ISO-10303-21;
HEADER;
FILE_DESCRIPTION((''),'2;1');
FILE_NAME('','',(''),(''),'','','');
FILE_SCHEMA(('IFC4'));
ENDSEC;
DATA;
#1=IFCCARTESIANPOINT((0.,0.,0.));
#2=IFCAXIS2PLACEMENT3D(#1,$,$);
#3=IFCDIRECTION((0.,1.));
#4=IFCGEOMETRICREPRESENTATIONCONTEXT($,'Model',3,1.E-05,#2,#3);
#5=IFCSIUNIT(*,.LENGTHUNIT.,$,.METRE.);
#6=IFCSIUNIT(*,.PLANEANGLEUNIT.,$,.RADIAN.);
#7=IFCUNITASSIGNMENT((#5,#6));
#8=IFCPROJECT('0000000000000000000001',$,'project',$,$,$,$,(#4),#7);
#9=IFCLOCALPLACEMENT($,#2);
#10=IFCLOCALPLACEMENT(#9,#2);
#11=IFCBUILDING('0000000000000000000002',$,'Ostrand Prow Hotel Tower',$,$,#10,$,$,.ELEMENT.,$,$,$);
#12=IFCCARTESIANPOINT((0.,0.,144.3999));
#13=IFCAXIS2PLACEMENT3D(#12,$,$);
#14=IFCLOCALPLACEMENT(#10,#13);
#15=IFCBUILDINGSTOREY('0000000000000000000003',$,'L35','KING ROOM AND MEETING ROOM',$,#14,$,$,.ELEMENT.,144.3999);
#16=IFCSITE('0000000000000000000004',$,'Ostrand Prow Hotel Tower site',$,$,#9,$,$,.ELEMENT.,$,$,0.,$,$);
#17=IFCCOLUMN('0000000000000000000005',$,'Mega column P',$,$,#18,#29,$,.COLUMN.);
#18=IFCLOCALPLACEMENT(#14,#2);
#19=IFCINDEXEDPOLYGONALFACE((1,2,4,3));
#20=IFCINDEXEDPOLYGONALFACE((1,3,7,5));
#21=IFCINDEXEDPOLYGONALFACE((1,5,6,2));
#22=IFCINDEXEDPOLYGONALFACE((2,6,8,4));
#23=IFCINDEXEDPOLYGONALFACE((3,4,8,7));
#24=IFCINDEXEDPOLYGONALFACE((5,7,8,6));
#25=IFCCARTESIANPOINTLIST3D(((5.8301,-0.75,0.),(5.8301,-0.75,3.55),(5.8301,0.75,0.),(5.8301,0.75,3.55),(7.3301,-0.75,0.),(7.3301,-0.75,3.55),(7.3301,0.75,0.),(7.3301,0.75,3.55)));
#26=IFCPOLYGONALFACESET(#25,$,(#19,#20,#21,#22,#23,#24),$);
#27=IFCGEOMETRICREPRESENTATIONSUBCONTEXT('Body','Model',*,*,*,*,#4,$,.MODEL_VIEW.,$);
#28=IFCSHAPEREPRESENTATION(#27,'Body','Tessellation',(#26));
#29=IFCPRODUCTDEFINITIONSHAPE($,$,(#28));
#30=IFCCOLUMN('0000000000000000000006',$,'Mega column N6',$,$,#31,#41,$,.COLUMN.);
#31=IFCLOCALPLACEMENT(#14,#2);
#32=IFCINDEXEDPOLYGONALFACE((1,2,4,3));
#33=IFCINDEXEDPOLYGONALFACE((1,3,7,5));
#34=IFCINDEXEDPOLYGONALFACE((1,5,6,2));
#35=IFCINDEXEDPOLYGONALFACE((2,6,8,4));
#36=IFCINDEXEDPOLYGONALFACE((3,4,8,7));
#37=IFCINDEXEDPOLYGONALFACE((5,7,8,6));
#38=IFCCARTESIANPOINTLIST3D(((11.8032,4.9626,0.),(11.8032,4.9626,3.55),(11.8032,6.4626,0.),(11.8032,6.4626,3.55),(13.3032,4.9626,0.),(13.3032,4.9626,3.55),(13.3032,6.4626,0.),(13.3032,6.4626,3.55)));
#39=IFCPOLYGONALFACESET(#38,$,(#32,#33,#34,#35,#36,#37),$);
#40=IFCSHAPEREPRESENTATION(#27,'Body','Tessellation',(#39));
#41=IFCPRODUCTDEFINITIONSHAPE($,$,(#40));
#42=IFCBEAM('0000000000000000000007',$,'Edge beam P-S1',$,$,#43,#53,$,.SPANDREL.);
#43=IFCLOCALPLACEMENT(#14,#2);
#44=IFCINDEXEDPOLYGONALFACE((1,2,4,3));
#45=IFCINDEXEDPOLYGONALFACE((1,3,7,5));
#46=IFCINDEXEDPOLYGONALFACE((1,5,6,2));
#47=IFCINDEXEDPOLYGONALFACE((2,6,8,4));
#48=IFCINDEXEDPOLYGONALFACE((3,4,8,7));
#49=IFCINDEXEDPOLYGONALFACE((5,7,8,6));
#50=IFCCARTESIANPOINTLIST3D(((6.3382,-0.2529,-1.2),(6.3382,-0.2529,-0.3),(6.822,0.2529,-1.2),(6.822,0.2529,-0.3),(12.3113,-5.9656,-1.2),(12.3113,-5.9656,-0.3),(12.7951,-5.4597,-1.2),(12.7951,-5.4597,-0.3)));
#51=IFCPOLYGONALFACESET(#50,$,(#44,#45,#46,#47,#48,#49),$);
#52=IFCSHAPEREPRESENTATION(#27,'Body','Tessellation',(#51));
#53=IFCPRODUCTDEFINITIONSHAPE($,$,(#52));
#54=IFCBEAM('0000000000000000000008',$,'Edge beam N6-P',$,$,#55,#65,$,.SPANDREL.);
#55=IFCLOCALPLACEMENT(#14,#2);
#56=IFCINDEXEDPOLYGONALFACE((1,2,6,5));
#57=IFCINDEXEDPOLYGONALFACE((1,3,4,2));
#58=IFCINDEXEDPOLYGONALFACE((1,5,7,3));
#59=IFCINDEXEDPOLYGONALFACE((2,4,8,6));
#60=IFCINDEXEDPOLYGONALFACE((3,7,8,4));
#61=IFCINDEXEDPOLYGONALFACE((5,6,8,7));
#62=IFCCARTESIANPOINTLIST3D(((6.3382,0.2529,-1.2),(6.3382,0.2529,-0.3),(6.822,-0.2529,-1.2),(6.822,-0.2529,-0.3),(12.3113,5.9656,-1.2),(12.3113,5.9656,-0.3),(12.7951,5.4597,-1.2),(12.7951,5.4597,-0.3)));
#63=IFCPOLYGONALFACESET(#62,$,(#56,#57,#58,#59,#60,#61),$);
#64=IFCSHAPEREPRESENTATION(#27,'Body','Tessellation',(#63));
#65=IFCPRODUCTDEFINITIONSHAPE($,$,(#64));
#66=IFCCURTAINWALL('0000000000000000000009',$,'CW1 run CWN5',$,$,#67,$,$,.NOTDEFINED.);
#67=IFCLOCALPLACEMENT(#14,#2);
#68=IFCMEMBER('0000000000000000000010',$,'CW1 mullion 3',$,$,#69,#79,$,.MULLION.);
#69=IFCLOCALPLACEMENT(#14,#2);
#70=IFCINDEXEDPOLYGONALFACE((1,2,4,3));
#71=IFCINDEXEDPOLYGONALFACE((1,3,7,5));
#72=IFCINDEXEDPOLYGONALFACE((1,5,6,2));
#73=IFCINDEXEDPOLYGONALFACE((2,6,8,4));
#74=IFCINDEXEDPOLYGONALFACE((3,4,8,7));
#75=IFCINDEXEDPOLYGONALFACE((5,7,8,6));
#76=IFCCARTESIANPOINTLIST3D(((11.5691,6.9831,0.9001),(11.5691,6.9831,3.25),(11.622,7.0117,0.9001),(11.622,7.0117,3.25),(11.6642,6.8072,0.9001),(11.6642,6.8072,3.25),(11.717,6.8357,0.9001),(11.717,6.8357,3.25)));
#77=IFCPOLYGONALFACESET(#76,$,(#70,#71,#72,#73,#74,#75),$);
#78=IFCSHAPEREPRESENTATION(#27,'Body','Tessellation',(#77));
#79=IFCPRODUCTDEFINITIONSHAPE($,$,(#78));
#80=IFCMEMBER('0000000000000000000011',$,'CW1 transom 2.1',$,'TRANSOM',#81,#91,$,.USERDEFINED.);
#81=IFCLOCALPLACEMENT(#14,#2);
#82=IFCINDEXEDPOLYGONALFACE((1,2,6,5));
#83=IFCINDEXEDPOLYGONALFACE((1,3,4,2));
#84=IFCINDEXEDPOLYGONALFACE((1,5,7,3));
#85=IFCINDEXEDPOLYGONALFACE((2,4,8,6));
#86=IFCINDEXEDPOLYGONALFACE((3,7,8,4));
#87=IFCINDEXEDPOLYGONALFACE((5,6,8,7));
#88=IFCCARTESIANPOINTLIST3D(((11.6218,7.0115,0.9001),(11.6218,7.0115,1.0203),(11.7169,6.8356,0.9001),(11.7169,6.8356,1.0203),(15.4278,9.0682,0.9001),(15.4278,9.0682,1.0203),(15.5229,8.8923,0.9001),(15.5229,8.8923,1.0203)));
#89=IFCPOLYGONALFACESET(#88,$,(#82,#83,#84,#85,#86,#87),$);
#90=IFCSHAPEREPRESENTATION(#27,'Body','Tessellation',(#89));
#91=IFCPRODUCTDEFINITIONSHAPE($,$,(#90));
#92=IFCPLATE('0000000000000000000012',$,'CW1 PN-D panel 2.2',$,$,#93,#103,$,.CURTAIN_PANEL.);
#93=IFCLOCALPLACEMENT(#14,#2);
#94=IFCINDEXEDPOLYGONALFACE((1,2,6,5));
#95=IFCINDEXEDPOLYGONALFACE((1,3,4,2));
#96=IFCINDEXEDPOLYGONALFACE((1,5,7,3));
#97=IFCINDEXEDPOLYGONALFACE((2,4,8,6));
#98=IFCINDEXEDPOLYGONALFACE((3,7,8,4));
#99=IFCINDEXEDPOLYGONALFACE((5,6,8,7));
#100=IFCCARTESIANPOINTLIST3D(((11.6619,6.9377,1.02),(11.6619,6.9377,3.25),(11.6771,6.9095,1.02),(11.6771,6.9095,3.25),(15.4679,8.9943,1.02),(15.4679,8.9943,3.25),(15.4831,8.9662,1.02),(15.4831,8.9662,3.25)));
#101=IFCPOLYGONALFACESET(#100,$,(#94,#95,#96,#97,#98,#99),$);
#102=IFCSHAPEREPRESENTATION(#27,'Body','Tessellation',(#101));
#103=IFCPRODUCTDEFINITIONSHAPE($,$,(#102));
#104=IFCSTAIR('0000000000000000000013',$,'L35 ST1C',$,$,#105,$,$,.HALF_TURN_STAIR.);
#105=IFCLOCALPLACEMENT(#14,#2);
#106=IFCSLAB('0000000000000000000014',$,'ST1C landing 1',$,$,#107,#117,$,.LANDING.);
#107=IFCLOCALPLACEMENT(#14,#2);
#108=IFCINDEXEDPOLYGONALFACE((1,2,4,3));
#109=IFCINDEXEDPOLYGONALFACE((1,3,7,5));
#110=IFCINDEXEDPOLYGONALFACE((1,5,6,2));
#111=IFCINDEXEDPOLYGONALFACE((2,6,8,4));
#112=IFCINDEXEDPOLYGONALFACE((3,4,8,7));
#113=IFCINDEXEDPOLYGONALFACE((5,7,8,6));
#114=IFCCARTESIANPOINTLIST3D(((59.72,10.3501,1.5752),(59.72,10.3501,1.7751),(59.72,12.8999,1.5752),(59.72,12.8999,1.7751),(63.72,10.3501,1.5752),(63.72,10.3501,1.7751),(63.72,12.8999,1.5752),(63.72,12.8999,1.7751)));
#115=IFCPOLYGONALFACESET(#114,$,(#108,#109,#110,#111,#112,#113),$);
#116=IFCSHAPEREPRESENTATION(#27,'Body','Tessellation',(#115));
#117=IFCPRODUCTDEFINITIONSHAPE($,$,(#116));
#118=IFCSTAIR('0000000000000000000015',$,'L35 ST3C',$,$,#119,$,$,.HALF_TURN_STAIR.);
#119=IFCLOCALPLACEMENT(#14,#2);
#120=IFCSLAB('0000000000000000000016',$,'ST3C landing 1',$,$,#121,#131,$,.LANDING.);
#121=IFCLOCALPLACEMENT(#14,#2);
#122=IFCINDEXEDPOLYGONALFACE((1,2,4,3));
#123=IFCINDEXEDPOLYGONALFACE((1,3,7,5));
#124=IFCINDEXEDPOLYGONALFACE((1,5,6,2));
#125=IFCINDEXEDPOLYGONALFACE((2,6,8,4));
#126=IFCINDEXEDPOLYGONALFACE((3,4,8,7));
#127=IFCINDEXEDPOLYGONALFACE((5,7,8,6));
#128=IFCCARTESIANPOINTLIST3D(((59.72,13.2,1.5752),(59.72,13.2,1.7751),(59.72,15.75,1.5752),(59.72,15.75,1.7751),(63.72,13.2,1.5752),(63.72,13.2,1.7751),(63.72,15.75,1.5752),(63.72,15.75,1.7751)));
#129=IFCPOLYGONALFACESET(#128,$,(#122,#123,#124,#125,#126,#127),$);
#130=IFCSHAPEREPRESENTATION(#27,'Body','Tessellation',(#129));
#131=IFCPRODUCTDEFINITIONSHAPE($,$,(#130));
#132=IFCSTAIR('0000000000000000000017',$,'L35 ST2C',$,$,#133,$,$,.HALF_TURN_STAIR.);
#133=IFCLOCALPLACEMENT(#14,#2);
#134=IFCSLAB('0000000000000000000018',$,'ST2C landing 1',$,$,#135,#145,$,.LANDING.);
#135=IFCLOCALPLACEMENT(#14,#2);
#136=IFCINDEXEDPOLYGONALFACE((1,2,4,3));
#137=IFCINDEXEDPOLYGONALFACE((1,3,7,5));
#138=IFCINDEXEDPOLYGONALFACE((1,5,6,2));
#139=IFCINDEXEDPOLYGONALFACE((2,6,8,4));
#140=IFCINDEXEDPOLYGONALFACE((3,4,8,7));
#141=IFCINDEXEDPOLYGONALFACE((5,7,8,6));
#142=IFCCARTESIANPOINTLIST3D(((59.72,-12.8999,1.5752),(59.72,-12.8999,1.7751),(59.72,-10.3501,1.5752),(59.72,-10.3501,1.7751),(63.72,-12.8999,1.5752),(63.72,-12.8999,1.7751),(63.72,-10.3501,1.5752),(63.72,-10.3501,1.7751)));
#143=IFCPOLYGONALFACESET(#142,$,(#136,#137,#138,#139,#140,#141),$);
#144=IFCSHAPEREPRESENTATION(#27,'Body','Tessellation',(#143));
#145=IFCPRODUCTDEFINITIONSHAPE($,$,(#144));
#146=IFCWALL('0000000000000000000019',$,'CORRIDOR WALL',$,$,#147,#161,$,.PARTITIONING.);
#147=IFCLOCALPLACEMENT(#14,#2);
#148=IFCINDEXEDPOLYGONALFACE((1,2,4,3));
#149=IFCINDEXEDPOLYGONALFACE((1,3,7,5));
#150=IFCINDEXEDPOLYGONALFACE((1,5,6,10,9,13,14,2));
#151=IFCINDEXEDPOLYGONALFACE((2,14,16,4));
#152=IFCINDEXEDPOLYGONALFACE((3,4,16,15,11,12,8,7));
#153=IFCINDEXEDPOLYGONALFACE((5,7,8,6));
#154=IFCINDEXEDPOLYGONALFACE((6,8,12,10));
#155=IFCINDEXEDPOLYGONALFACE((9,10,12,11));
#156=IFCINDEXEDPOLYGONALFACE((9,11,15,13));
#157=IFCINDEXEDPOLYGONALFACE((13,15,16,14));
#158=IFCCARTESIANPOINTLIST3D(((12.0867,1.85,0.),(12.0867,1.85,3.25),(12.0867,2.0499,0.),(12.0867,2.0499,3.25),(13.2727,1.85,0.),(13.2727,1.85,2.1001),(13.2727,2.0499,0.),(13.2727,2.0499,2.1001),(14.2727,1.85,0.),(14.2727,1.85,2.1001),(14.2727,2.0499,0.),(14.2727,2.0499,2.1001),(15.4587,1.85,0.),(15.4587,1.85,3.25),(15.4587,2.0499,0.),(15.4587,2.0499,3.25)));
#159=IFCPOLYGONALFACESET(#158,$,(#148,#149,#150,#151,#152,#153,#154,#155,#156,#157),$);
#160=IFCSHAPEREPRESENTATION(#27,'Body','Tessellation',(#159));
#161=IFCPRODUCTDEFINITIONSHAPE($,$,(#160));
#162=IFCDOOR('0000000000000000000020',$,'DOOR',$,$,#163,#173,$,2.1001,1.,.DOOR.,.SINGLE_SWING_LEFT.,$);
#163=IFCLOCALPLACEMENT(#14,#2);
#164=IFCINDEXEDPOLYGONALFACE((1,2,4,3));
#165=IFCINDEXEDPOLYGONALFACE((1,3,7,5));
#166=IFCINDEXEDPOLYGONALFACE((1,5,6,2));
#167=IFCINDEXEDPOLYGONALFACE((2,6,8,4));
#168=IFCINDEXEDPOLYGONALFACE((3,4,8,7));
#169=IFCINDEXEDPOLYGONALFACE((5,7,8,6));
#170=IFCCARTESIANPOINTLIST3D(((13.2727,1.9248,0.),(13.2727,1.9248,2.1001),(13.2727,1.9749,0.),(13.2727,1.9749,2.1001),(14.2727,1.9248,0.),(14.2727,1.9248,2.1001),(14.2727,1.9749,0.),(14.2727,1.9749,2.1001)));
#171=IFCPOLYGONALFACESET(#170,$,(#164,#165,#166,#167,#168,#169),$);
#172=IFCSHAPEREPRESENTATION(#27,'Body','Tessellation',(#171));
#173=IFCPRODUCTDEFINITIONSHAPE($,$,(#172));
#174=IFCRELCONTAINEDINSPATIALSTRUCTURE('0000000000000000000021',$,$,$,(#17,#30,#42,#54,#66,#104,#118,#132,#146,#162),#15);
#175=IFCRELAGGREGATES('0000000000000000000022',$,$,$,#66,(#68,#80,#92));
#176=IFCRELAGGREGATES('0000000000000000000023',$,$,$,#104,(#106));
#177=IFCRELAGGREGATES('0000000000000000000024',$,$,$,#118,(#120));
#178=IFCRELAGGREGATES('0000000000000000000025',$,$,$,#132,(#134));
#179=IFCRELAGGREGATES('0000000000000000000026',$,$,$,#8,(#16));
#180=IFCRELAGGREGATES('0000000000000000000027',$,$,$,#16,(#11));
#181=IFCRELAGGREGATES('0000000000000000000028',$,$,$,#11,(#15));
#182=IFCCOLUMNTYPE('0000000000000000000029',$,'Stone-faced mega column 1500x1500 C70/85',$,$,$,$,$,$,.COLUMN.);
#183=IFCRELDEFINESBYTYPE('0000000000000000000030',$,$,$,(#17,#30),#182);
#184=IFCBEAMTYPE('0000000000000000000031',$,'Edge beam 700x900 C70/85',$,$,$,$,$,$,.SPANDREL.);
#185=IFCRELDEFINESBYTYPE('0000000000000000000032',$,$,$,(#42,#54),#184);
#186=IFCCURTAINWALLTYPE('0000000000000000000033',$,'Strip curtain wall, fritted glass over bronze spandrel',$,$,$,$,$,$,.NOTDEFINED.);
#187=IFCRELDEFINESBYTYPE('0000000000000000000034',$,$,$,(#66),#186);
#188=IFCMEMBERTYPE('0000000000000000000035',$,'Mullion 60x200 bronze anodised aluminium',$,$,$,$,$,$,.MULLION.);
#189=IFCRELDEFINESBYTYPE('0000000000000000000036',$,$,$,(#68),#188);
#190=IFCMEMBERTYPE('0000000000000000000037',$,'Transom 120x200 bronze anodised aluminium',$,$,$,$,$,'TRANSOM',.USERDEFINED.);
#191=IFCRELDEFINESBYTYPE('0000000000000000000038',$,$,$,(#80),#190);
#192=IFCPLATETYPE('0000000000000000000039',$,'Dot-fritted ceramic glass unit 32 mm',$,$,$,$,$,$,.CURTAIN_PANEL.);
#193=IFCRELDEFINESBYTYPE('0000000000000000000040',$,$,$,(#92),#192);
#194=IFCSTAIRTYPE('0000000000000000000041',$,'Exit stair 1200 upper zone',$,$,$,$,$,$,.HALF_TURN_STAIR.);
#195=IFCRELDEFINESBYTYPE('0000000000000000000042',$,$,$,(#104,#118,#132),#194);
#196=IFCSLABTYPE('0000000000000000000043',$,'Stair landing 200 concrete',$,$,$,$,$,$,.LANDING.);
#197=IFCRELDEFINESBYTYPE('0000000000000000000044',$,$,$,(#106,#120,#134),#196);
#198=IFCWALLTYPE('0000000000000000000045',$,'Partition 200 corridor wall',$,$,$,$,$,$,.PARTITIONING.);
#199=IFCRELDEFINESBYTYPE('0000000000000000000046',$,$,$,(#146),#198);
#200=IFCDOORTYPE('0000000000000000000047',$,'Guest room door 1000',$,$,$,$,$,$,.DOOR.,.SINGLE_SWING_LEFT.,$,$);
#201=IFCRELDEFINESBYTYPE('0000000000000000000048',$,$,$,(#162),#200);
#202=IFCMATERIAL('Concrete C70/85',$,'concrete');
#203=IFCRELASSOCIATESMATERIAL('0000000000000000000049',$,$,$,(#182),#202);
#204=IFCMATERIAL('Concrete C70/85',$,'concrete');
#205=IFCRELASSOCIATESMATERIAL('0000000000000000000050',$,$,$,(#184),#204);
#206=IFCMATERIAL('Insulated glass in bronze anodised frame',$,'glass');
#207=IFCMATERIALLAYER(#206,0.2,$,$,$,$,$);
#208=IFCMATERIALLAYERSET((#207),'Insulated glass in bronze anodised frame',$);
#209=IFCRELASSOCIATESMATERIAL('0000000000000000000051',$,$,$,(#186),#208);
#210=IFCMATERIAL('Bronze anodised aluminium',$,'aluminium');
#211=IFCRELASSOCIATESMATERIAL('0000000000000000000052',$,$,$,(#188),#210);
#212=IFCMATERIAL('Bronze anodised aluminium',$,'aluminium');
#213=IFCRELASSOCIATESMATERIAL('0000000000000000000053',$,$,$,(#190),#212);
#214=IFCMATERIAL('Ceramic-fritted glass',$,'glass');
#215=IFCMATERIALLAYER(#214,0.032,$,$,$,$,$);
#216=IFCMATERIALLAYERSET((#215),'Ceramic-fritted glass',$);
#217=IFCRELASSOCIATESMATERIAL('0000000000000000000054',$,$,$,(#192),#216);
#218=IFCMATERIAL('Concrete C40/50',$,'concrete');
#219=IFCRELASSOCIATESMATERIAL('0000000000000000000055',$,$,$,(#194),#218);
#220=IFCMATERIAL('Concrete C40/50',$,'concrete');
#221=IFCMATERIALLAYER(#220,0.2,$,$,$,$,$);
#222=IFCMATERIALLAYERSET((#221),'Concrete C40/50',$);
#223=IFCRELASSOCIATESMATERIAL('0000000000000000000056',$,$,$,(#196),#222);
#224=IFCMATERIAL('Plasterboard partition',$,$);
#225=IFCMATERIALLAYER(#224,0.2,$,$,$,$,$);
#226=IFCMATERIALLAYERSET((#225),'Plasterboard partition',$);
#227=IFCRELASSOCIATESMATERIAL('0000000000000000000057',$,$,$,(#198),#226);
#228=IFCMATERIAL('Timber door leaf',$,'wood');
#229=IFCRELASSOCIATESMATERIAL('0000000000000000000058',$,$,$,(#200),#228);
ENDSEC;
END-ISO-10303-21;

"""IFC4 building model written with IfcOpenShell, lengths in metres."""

from ifc_helpers import new_model, si_unit, direction, frame, frame_2d, origin, origin_2d, place, context, subcontext, project, spatial, polyline, rectangle, outline, extrude, material, layer, layer_set, material_profile, profile_set, type_object, element, fill, aggregate, save


model = new_model("IFC4")

# Units and contexts
model_context = context("Model", 3, precision=1e-05, world=origin(), true_north=direction((0.0, 1.0)))
body_context = subcontext(model_context, "Body", "Model", "MODEL_VIEW")
ifc_project = project(units=[si_unit("LENGTHUNIT", "METRE"), si_unit("PLANEANGLEUNIT", "RADIAN")], contexts=[model_context])

# Site, building, storey
site_placement = place(None, origin())
site = spatial("IfcSite", under=ifc_project, at=site_placement, Name="Ostrand Prow Hotel Tower site", CompositionType="ELEMENT", RefElevation=0.0)
building_placement = place(site_placement, origin())
building = spatial("IfcBuilding", under=site, at=building_placement, Name="Ostrand Prow Hotel Tower", CompositionType="ELEMENT")
storey_placement = place(building_placement, frame((0.0, 0.0, 144.3999)))
storey = spatial("IfcBuildingStorey", under=building, at=storey_placement, Name="L35", Description="KING ROOM AND MEETING ROOM", CompositionType="ELEMENT", Elevation=144.3999)

# Columns
ifc_material_1 = material(Name="Concrete C70/85", Category="concrete")
ifc_material_profile_1 = material_profile(ifc_material_1, rectangle(XDim=1.5, YDim=1.5, at=origin_2d()), Name="RC 1500x1500")
ifc_profile_set_1 = profile_set([ifc_material_profile_1], Name="Concrete C70/85")
column_type = type_object("IfcColumnType", Name="Stone-faced mega column 1500x1500 C70/85", PredefinedType="COLUMN", material=ifc_profile_set_1)
for number, where, z_axis, x_axis, name in (
    (1, (6.5801, 0.0, 0.0), (0.0, 0.0, 1.0), (1.0, 0.0, 0.0), "Mega column P"),
    (2, (12.5532, 5.7126, 0.0), (0.0, 0.0, 1.0), (1.0, 0.0, 0.0), "Mega column N6"),
):
    element("IfcColumn", number, at=place(storey_placement, frame(where, z_axis=z_axis, x_axis=x_axis)), inside=storey, type_object=column_type, Name=name, PredefinedType="COLUMN", context=body_context, shape_type="SweptSolid", body=[
        extrude(rectangle(XDim=1.5, YDim=1.5, at=origin_2d()), origin(), (0.0, 0.0, 1.0), 3.55),
    ])

# Beams
ifc_material_2 = material(Name="Concrete C70/85", Category="concrete")
ifc_material_profile_2 = material_profile(ifc_material_2, rectangle(XDim=0.7, YDim=0.8999, at=origin_2d()), Name="RC 700x900")
ifc_profile_set_2 = profile_set([ifc_material_profile_2], Name="Concrete C70/85")
beam_type = type_object("IfcBeamType", Name="Edge beam 700x900 C70/85", PredefinedType="SPANDREL", material=ifc_profile_set_2)
for number, where, z_axis, x_axis, name in (
    (3, (6.5801, 0.0, -0.75), (0.72269, -0.691172, 0.0), (0.691172, 0.72269, 0.0), "Edge beam P-S1"),
    (4, (12.5532, 5.7126, -0.75), (-0.72269, -0.691172, 0.0), (0.691172, -0.72269, 0.0), "Edge beam N6-P"),
):
    element("IfcBeam", number, at=place(storey_placement, frame(where, z_axis=z_axis, x_axis=x_axis)), inside=storey, type_object=beam_type, Name=name, PredefinedType="SPANDREL", context=body_context, shape_type="SweptSolid", body=[
        extrude(rectangle(XDim=0.7, YDim=0.8999, at=origin_2d()), origin(), (0.0, 0.0, 1.0), 8.2651),
    ])

# Curtain wall, members, plate
ifc_material_3 = material(Name="Insulated glass in bronze anodised frame", Category="glass")
ifc_layer_1 = layer(ifc_material_3, 0.2)
ifc_layer_set_1 = layer_set([ifc_layer_1], Name="Insulated glass in bronze anodised frame")
curtain_wall_type = type_object("IfcCurtainWallType", Name="Strip curtain wall, fritted glass over bronze spandrel", PredefinedType="NOTDEFINED", material=ifc_layer_set_1)
curtain_wall_placement = place(storey_placement, origin())
curtain_wall = element("IfcCurtainWall", 5, at=curtain_wall_placement, inside=storey, type_object=curtain_wall_type, Name="CW1 run CWN5", PredefinedType="NOTDEFINED")
ifc_material_4 = material(Name="Bronze anodised aluminium", Category="aluminium")
ifc_material_profile_3 = material_profile(ifc_material_4, rectangle(XDim=0.2, YDim=0.0601, at=origin_2d()), Name="Mullion 60x200 bronze anodised aluminium")
ifc_profile_set_3 = profile_set([ifc_material_profile_3], Name="Bronze anodised aluminium")
member_type_1 = type_object("IfcMemberType", Name="Mullion 60x200 bronze anodised aluminium", PredefinedType="MULLION", material=ifc_profile_set_3)
member_1_placement = place(storey_placement, frame((11.6431, 6.9094, 0.9001), z_axis=(0.0, 0.0, 1.0), x_axis=(0.475394, -0.879773, 0.0)))
member_1 = element("IfcMember", 6, at=member_1_placement, type_object=member_type_1, Name="CW1 mullion 3", PredefinedType="MULLION", context=body_context, shape_type="SweptSolid", body=[
    extrude(rectangle(XDim=0.2, YDim=0.0601, at=origin_2d()), origin(), (0.0, 0.0, 1.0), 2.3499),
])
ifc_material_5 = material(Name="Bronze anodised aluminium", Category="aluminium")
ifc_material_profile_4 = material_profile(ifc_material_5, rectangle(XDim=0.2, YDim=0.1201, at=origin_2d()), Name="Transom 120x200 bronze anodised aluminium")
ifc_profile_set_4 = profile_set([ifc_material_profile_4], Name="Bronze anodised aluminium")
member_type_2 = type_object("IfcMemberType", Name="Transom 120x200 bronze anodised aluminium", ElementType="TRANSOM", PredefinedType="USERDEFINED", material=ifc_profile_set_4)
member_2_placement = place(storey_placement, frame((15.4753, 8.9802, 0.9602), z_axis=(-0.879765, -0.475408, 0.0), x_axis=(0.475408, -0.879765, 0.0)))
member_2 = element("IfcMember", 7, at=member_2_placement, type_object=member_type_2, Name="CW1 transom 2.1", ObjectType="TRANSOM", PredefinedType="USERDEFINED", context=body_context, shape_type="SweptSolid", body=[
    extrude(rectangle(XDim=0.2, YDim=0.1201, at=origin_2d()), origin(), (0.0, 0.0, 1.0), 4.3262),
])
ifc_material_6 = material(Name="Ceramic-fritted glass", Category="glass")
ifc_layer_2 = layer(ifc_material_6, 0.032)
ifc_layer_set_2 = layer_set([ifc_layer_2], Name="Ceramic-fritted glass")
plate_type = type_object("IfcPlateType", Name="Dot-fritted ceramic glass unit 32 mm", PredefinedType="CURTAIN_PANEL", material=ifc_layer_set_2)
plate_placement = place(storey_placement, frame((13.5725, 7.9519, 1.02), z_axis=(0.0, 0.0, 1.0), x_axis=(-0.879773, -0.475394, 0.0)))
plate = element("IfcPlate", 8, at=plate_placement, type_object=plate_type, Name="CW1 PN-D panel 2.2", PredefinedType="CURTAIN_PANEL", context=body_context, shape_type="SweptSolid", body=[
    extrude(rectangle(XDim=4.3262, YDim=0.032, at=origin_2d()), origin(), (0.0, 0.0, 1.0), 2.23),
])
aggregate(curtain_wall, [member_1, member_2, plate])

# Stairs, slabs
ifc_material_7 = material(Name="Concrete C40/50", Category="concrete")
stair_type = type_object("IfcStairType", Name="Exit stair 1200 upper zone", PredefinedType="HALF_TURN_STAIR", material=ifc_material_7)
stair_1_placement = place(storey_placement, origin())
stair_1 = element("IfcStair", 9, at=stair_1_placement, inside=storey, type_object=stair_type, Name="L35 ST1C", PredefinedType="HALF_TURN_STAIR")
ifc_material_8 = material(Name="Concrete C40/50", Category="concrete")
ifc_layer_3 = layer(ifc_material_8, 0.2)
ifc_layer_set_3 = layer_set([ifc_layer_3], Name="Concrete C40/50")
slab_type = type_object("IfcSlabType", Name="Stair landing 200 concrete", PredefinedType="LANDING", material=ifc_layer_set_3)
slab_1_placement = place(storey_placement, frame((0.0, 0.0, 1.5752)))
slab_1 = element("IfcSlab", 10, at=slab_1_placement, type_object=slab_type, Name="ST1C landing 1", PredefinedType="LANDING", context=body_context, shape_type="SweptSolid", body=[
    extrude(outline(polyline([(59.72, 10.3501), (63.72, 10.3501), (63.72, 12.8999), (59.72, 12.8999), (59.72, 10.3501)])), origin(), (0.0, 0.0, 1.0), 0.2),
])
aggregate(stair_1, [slab_1])
stair_2_placement = place(storey_placement, origin())
stair_2 = element("IfcStair", 11, at=stair_2_placement, inside=storey, type_object=stair_type, Name="L35 ST3C", PredefinedType="HALF_TURN_STAIR")
slab_2_placement = place(storey_placement, frame((0.0, 0.0, 1.5752)))
slab_2 = element("IfcSlab", 12, at=slab_2_placement, type_object=slab_type, Name="ST3C landing 1", PredefinedType="LANDING", context=body_context, shape_type="SweptSolid", body=[
    extrude(outline(polyline([(59.72, 13.2), (63.72, 13.2), (63.72, 15.75), (59.72, 15.75), (59.72, 13.2)])), origin(), (0.0, 0.0, 1.0), 0.2),
])
aggregate(stair_2, [slab_2])
stair_3_placement = place(storey_placement, origin())
stair_3 = element("IfcStair", 13, at=stair_3_placement, inside=storey, type_object=stair_type, Name="L35 ST2C", PredefinedType="HALF_TURN_STAIR")
slab_3_placement = place(storey_placement, frame((0.0, 0.0, 1.5752)))
slab_3 = element("IfcSlab", 14, at=slab_3_placement, type_object=slab_type, Name="ST2C landing 1", PredefinedType="LANDING", context=body_context, shape_type="SweptSolid", body=[
    extrude(outline(polyline([(59.72, -12.8999), (63.72, -12.8999), (63.72, -10.3501), (59.72, -10.3501), (59.72, -12.8999)])), origin(), (0.0, 0.0, 1.0), 0.2),
])
aggregate(stair_3, [slab_3])

# Wall, opening, door
ifc_material_9 = material(Name="Plasterboard partition")
ifc_layer_4 = layer(ifc_material_9, 0.2)
ifc_layer_set_4 = layer_set([ifc_layer_4], Name="Plasterboard partition")
wall_type_1 = type_object("IfcWallType", Name="Partition 200 corridor wall", PredefinedType="PARTITIONING", material=ifc_layer_set_4)
wall_1_placement = place(storey_placement, frame((12.0867, 1.95, 0.0), z_axis=(0.0, 0.0, 1.0), x_axis=(1.0, 0.0, 0.0)))
wall_1 = element("IfcWall", 15, at=wall_1_placement, inside=storey, type_object=wall_type_1, Name="CORRIDOR WALL", PredefinedType="PARTITIONING", context=body_context, shape_type="SweptSolid", body=[
    extrude(rectangle(XDim=3.3721, YDim=0.2, at=frame_2d((1.686, 0.0))), origin(), (0.0, 0.0, 1.0), 3.25),
])
opening_1_placement = place(wall_1_placement, frame((1.186, 0.0, 0.0)))
opening_1 = element("IfcOpeningElement", 16, at=opening_1_placement, cuts=wall_1, PredefinedType="OPENING", context=body_context, shape_type="SweptSolid", body=[
    extrude(rectangle(XDim=1.0, YDim=2.1001, at=frame_2d((0.5, 1.05))), frame((0.0, 0.1099, 0.0), z_axis=(0.0, -1.0, 0.0), x_axis=(1.0, 0.0, 0.0)), (0.0, 0.0, 1.0), 0.22),
])
ifc_material_10 = material(Name="Timber door leaf", Category="wood")
door_type = type_object("IfcDoorType", Name="Guest room door 1000", OperationType="SINGLE_SWING_LEFT", PredefinedType="DOOR", material=ifc_material_10)
door_placement = place(opening_1_placement, origin())
door = element("IfcDoor", 17, at=door_placement, inside=storey, type_object=door_type, Name="DOOR", OperationType="SINGLE_SWING_LEFT", OverallHeight=2.1001, OverallWidth=1.0, PredefinedType="DOOR", context=body_context, shape_type="SweptSolid", body=[
    extrude(rectangle(XDim=1.0, YDim=2.1001, at=frame_2d((0.5, 1.05))), frame((0.0, 0.0249, 0.0), z_axis=(0.0, -1.0, 0.0), x_axis=(1.0, 0.0, 0.0)), (0.0, 0.0, 1.0), 0.05),
])
fill(opening_1, door)

save(model, "model.ifc")
